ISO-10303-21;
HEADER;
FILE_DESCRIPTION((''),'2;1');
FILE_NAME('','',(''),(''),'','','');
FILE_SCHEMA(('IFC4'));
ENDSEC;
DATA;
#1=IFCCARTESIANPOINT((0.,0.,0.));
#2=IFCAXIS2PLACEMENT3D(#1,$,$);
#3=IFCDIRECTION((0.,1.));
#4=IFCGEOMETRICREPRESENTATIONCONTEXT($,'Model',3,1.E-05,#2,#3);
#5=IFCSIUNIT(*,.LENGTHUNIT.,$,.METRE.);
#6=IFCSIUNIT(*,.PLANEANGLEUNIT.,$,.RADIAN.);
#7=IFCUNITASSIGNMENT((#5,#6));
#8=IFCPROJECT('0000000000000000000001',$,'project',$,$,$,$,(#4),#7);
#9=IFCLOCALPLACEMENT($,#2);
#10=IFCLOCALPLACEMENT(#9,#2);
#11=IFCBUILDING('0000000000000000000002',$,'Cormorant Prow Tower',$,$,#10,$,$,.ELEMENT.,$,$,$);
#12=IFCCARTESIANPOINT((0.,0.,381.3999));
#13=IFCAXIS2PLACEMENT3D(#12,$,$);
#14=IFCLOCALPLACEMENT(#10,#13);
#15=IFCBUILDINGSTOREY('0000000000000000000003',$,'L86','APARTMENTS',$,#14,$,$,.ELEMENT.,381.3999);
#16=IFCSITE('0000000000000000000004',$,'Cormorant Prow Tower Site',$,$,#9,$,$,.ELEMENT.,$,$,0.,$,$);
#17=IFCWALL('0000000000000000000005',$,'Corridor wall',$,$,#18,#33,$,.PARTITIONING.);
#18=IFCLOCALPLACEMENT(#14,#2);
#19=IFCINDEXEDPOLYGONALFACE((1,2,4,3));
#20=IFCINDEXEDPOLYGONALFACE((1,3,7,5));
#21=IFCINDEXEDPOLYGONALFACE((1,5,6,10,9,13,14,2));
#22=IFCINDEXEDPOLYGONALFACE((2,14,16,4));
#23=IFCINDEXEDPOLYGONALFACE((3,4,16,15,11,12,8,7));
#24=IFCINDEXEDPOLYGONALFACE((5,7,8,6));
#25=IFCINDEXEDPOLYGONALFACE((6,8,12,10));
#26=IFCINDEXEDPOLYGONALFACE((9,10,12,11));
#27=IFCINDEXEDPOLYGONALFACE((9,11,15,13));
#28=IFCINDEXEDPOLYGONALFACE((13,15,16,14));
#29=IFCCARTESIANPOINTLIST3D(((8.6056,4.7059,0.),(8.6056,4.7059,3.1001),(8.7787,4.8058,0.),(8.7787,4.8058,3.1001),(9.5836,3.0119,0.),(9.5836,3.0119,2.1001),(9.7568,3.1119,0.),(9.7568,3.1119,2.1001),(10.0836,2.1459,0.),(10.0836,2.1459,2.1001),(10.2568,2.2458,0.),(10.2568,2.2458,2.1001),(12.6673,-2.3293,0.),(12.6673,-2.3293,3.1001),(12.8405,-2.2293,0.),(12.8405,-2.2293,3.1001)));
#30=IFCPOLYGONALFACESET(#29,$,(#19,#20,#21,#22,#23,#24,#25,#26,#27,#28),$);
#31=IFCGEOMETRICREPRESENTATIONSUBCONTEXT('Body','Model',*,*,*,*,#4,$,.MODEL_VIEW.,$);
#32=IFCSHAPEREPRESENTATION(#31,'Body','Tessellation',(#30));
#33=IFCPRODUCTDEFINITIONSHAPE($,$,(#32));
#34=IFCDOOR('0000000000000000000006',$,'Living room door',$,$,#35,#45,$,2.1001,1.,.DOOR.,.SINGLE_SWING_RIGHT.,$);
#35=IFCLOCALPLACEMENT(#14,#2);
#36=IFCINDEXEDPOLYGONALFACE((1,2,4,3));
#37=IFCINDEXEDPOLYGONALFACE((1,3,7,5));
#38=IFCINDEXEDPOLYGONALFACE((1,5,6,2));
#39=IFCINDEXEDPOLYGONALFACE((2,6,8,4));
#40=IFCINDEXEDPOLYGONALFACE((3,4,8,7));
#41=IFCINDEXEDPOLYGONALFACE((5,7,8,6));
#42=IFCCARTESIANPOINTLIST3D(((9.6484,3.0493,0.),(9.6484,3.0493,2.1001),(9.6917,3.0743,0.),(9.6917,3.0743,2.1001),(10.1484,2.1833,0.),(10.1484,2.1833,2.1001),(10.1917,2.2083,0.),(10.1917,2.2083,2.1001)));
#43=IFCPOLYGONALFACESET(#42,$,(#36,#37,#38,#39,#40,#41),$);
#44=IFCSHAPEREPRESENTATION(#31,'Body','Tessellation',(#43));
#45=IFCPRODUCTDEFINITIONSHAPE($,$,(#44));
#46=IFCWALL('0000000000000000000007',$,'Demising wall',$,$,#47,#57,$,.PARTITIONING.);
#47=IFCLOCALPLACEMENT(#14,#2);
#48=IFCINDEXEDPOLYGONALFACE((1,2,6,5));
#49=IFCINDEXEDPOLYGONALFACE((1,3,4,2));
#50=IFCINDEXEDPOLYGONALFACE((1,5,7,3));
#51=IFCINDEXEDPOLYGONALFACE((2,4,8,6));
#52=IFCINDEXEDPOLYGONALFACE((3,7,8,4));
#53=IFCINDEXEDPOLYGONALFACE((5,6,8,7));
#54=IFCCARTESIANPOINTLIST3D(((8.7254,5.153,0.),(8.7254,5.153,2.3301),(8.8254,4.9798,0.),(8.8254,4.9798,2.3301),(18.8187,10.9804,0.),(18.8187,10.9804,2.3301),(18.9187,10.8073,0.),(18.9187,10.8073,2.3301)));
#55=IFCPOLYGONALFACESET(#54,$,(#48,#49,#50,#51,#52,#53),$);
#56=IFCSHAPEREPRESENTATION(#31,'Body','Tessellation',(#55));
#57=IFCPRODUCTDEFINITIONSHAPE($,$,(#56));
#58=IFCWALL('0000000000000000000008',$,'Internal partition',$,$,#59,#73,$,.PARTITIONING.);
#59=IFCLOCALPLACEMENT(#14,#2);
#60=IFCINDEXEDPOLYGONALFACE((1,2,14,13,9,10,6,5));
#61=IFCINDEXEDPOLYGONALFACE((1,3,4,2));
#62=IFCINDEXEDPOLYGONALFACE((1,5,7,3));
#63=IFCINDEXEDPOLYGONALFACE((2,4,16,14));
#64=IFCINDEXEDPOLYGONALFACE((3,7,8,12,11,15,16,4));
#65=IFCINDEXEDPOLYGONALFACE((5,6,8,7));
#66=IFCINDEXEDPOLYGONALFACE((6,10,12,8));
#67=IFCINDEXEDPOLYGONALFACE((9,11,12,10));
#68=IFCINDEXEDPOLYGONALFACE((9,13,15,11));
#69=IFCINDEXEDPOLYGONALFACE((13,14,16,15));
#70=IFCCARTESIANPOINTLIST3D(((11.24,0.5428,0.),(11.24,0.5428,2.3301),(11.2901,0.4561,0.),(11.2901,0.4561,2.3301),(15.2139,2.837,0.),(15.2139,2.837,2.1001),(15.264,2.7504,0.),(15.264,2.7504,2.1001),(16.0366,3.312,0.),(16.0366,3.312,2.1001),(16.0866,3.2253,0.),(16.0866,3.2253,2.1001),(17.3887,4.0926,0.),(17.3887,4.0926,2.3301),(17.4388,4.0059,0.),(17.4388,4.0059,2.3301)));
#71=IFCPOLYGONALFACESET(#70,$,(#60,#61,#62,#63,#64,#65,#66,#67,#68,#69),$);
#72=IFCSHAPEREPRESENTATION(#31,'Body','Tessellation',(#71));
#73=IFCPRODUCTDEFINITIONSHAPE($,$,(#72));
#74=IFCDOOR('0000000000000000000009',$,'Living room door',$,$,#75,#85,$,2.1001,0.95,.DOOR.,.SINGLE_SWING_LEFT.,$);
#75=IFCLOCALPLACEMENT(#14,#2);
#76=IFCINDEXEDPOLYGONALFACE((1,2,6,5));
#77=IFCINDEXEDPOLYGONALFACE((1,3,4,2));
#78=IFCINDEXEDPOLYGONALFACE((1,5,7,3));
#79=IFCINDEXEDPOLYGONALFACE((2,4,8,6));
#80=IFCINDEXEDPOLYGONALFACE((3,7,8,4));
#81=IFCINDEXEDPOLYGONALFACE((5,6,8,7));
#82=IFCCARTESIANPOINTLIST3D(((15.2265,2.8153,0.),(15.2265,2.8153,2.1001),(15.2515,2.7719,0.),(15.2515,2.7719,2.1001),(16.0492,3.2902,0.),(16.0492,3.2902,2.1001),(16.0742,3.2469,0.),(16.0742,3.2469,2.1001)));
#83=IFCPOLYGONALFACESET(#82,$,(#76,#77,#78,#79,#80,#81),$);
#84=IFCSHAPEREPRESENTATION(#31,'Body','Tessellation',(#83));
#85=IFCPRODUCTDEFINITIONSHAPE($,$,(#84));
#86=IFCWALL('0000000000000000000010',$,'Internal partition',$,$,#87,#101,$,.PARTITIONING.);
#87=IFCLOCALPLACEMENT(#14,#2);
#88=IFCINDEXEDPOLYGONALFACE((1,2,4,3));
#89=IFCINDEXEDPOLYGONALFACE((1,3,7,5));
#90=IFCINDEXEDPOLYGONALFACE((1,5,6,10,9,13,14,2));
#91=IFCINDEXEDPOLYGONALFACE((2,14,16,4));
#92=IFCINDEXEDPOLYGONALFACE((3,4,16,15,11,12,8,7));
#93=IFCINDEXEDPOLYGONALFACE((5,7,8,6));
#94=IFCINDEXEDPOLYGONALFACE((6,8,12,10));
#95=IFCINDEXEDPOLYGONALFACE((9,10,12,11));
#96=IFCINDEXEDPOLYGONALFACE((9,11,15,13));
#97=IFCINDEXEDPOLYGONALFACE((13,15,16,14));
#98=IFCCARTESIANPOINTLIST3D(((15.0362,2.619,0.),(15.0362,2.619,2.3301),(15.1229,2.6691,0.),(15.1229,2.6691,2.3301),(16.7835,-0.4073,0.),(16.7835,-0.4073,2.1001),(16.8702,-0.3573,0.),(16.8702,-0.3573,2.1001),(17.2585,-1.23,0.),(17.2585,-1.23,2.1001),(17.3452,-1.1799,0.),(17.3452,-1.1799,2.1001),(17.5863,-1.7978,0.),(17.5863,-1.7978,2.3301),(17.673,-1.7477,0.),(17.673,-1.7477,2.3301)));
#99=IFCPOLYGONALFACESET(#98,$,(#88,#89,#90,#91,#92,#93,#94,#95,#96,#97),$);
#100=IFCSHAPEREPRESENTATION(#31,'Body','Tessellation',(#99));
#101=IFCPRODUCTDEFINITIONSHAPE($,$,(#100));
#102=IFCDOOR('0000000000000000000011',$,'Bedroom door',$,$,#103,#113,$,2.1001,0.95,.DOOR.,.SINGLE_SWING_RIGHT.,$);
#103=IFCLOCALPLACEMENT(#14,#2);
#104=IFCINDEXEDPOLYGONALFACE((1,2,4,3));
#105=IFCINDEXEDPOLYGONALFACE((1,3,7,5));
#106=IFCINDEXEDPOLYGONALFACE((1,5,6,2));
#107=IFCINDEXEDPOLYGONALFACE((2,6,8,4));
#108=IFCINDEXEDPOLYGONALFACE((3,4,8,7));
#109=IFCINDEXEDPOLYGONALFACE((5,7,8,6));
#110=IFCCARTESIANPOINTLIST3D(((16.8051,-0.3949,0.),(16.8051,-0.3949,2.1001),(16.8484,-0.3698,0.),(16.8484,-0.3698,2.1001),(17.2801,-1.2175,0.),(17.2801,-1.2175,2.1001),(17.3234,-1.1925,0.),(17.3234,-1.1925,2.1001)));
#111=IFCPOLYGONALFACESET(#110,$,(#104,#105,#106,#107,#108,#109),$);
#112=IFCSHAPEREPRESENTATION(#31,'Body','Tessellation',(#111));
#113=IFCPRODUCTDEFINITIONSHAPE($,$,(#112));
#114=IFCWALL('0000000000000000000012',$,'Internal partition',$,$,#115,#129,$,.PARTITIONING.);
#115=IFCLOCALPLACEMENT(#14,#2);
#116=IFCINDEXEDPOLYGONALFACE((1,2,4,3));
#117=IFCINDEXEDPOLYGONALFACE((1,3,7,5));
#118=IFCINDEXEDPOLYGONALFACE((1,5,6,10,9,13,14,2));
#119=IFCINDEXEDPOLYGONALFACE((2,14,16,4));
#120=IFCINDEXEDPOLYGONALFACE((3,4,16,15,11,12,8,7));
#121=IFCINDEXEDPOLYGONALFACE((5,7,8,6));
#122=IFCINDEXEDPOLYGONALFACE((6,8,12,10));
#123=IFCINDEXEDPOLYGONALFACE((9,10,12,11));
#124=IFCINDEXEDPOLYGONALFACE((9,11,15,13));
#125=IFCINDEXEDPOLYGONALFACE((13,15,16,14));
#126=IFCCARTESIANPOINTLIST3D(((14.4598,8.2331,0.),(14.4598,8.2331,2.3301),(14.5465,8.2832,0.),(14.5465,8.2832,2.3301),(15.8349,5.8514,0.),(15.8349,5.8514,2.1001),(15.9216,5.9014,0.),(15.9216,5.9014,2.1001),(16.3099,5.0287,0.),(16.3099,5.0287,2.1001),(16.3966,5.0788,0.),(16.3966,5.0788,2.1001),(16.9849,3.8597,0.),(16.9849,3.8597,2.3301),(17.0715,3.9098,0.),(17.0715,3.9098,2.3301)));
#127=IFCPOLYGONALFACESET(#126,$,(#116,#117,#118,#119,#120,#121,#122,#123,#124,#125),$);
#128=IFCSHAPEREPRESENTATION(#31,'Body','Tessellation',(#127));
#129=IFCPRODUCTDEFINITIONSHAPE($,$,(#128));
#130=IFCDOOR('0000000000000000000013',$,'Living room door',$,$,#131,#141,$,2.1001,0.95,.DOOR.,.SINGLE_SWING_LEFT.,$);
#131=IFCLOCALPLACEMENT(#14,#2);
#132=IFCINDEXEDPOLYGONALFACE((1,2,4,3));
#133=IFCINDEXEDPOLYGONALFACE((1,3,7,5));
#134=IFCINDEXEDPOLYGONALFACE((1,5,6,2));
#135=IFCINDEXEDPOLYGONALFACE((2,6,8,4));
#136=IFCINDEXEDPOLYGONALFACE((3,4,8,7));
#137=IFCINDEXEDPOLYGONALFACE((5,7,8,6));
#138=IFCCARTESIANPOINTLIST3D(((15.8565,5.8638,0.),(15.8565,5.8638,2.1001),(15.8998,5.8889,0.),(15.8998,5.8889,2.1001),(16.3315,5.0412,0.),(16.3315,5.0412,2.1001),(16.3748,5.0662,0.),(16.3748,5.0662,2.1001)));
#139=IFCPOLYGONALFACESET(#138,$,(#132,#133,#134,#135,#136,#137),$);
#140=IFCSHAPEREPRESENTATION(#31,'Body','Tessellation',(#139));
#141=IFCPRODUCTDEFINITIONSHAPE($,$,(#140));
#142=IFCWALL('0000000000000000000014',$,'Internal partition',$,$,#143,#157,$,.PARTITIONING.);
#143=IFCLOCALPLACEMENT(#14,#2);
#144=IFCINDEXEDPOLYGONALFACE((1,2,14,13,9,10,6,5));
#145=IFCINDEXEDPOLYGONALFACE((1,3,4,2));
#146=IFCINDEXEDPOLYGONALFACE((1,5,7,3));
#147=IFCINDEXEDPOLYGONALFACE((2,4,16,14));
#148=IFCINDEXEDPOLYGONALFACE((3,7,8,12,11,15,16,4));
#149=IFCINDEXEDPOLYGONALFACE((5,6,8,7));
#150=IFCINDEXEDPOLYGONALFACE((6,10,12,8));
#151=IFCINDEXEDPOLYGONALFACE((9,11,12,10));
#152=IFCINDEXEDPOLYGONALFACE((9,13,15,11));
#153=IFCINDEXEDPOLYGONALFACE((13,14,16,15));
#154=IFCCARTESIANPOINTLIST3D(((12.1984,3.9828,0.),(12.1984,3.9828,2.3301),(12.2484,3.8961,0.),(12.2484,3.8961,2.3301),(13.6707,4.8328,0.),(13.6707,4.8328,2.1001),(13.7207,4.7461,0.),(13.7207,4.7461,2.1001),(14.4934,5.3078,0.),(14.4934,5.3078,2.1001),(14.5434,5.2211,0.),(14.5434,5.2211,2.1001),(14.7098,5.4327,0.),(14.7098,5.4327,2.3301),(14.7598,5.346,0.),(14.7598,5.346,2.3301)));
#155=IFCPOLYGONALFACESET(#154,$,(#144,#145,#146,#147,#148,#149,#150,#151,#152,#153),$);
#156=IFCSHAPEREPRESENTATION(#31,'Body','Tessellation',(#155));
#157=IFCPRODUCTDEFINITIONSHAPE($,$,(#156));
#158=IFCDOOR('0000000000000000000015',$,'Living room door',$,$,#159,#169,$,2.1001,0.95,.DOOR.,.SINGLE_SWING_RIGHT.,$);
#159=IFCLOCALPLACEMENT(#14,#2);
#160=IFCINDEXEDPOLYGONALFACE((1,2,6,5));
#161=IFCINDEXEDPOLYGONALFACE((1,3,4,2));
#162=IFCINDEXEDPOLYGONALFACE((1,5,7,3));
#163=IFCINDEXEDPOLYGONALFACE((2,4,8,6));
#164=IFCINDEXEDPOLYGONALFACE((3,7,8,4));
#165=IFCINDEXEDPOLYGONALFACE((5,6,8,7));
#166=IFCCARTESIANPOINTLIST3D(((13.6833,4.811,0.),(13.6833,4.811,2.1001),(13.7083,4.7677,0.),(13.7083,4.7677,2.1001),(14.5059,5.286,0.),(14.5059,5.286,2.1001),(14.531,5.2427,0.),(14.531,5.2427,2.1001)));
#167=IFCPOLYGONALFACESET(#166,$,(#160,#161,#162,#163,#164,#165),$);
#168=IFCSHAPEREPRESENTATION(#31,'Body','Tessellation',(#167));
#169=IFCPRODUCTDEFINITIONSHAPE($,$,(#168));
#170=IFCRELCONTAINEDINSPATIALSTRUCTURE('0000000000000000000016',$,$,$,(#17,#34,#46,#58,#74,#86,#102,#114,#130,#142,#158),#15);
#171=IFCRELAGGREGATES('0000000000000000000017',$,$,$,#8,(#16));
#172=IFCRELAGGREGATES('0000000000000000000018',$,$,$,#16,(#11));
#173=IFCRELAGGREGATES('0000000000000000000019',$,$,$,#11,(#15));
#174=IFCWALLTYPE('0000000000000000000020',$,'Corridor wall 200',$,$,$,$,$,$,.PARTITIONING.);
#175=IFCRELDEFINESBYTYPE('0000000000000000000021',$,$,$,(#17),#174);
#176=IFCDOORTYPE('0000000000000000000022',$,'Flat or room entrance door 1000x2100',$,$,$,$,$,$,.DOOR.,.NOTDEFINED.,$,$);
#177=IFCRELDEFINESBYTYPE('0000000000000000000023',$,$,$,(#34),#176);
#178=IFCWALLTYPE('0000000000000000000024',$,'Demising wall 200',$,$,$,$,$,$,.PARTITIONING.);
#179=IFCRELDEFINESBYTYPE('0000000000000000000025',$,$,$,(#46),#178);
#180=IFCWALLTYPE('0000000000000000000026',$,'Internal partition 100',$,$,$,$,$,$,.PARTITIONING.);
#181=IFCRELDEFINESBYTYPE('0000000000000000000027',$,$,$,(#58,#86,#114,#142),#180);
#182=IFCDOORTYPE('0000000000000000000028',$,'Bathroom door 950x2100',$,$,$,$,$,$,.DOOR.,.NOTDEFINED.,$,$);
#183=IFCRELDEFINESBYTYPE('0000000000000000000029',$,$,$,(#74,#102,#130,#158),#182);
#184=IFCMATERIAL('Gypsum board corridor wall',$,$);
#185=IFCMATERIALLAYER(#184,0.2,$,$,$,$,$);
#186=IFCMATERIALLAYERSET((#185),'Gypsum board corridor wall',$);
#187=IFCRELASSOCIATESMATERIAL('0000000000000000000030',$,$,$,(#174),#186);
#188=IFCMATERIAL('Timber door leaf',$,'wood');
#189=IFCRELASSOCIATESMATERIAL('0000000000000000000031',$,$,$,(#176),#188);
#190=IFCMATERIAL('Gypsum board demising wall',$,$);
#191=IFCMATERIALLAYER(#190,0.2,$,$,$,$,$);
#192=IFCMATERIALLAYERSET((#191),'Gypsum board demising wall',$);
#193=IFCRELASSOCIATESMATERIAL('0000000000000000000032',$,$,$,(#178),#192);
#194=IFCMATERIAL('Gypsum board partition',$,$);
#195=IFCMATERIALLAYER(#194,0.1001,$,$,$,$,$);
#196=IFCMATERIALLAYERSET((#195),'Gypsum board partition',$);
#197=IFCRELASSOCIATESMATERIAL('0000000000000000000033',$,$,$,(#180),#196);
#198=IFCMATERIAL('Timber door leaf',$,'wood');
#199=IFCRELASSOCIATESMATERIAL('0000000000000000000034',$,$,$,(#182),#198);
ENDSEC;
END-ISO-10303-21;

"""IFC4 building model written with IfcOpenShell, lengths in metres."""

from ifc_helpers import new_model, si_unit, direction, frame, frame_2d, origin, place, context, subcontext, project, spatial, rectangle, extrude, material, layer, layer_set, type_object, element, fill, save


model = new_model("IFC4")

# Units and contexts
model_context = context("Model", 3, precision=1e-05, world=origin(), true_north=direction((0.0, 1.0)))
body_context = subcontext(model_context, "Body", "Model", "MODEL_VIEW")
ifc_project = project(units=[si_unit("LENGTHUNIT", "METRE"), si_unit("PLANEANGLEUNIT", "RADIAN")], contexts=[model_context])

# Site, building, storey
site_placement = place(None, origin())
site = spatial("IfcSite", under=ifc_project, at=site_placement, Name="Cormorant Prow Tower Site", CompositionType="ELEMENT", RefElevation=0.0)
building_placement = place(site_placement, origin())
building = spatial("IfcBuilding", under=site, at=building_placement, Name="Cormorant Prow Tower", CompositionType="ELEMENT")
storey_placement = place(building_placement, frame((0.0, 0.0, 381.3999)))
storey = spatial("IfcBuildingStorey", under=building, at=storey_placement, Name="L86", Description="APARTMENTS", CompositionType="ELEMENT", Elevation=381.3999)

# Wall, opening, door
ifc_material_1 = material(Name="Gypsum board corridor wall")
ifc_layer_1 = layer(ifc_material_1, 0.2)
ifc_layer_set_1 = layer_set([ifc_layer_1], Name="Gypsum board corridor wall")
wall_type_1 = type_object("IfcWallType", Name="Corridor wall 200", PredefinedType="PARTITIONING", material=ifc_layer_set_1)
wall_1_placement = place(storey_placement, frame((8.6921, 4.7559, 0.0), z_axis=(0.0, 0.0, 1.0), x_axis=(0.500002, -0.866024, 0.0)))
wall_1 = element("IfcWall", 1, at=wall_1_placement, inside=storey, type_object=wall_type_1, Name="Corridor wall", PredefinedType="PARTITIONING", context=body_context, shape_type="SweptSolid", body=[
    extrude(rectangle(XDim=8.1235, YDim=0.2, at=frame_2d((4.0618, 0.0))), origin(), (0.0, 0.0, 1.0), 3.1001),
])
opening_1_placement = place(wall_1_placement, frame((1.9561, 0.0, 0.0)))
opening_1 = element("IfcOpeningElement", 2, at=opening_1_placement, cuts=wall_1, PredefinedType="OPENING", context=body_context, shape_type="SweptSolid", body=[
    extrude(rectangle(XDim=1.0, YDim=2.1001, at=frame_2d((0.5, 1.05))), frame((0.0, 0.1099, 0.0), z_axis=(0.0, -1.0, 0.0), x_axis=(1.0, 0.0, 0.0)), (0.0, 0.0, 1.0), 0.22),
])
ifc_material_2 = material(Name="Timber door leaf", Category="wood")
door_type_1 = type_object("IfcDoorType", Name="Flat or room entrance door 1000x2100", OperationType="NOTDEFINED", PredefinedType="DOOR", material=ifc_material_2)
door_1_placement = place(opening_1_placement, origin())
door_1 = element("IfcDoor", 3, at=door_1_placement, inside=storey, type_object=door_type_1, Name="Living room door", OperationType="SINGLE_SWING_RIGHT", OverallHeight=2.1001, OverallWidth=1.0, PredefinedType="DOOR", context=body_context, shape_type="SweptSolid", body=[
    extrude(rectangle(XDim=1.0, YDim=2.1001, at=frame_2d((0.5, 1.05))), frame((0.0, 0.0249, 0.0), z_axis=(0.0, -1.0, 0.0), x_axis=(1.0, 0.0, 0.0)), (0.0, 0.0, 1.0), 0.05),
])
fill(opening_1, door_1)

# Wall
ifc_material_3 = material(Name="Gypsum board demising wall")
ifc_layer_2 = layer(ifc_material_3, 0.2)
ifc_layer_set_2 = layer_set([ifc_layer_2], Name="Gypsum board demising wall")
wall_type_2 = type_object("IfcWallType", Name="Demising wall 200", PredefinedType="PARTITIONING", material=ifc_layer_set_2)
wall_2_placement = place(storey_placement, frame((8.7754, 5.0664, 0.0), z_axis=(0.0, 0.0, 1.0), x_axis=(0.866024, 0.500003, 0.0)))
element("IfcWall", 4, at=wall_2_placement, inside=storey, type_object=wall_type_2, Name="Demising wall", PredefinedType="PARTITIONING", context=body_context, shape_type="SweptSolid", body=[
    extrude(rectangle(XDim=11.6548, YDim=0.2, at=frame_2d((5.8274, 0.0))), origin(), (0.0, 0.0, 1.0), 2.3301),
])

# Walls, openings, doors
ifc_material_4 = material(Name="Gypsum board partition")
ifc_layer_3 = layer(ifc_material_4, 0.1001)
ifc_layer_set_3 = layer_set([ifc_layer_3], Name="Gypsum board partition")
wall_type_3 = type_object("IfcWallType", Name="Internal partition 100", PredefinedType="PARTITIONING", material=ifc_layer_set_3)
wall_3_placement = place(storey_placement, frame((11.2651, 0.4995, 0.0), z_axis=(0.0, 0.0, 1.0), x_axis=(0.866034, 0.499985, 0.0)))
wall_3 = element("IfcWall", 5, at=wall_3_placement, inside=storey, type_object=wall_type_3, Name="Internal partition", PredefinedType="PARTITIONING", context=body_context, shape_type="SweptSolid", body=[
    extrude(rectangle(XDim=7.0999, YDim=0.1001, at=frame_2d((3.5498, 0.0))), origin(), (0.0, 0.0, 1.0), 2.3301),
])
opening_2_placement = place(wall_3_placement, frame((4.5884, 0.0, 0.0)))
opening_2 = element("IfcOpeningElement", 6, at=opening_2_placement, cuts=wall_3, PredefinedType="OPENING", context=body_context, shape_type="SweptSolid", body=[
    extrude(rectangle(XDim=0.95, YDim=2.1001, at=frame_2d((0.4751, 1.05))), frame((0.0, 0.0601, 0.0), z_axis=(0.0, -1.0, 0.0), x_axis=(1.0, 0.0, 0.0)), (0.0, 0.0, 1.0), 0.1201),
])
ifc_material_5 = material(Name="Timber door leaf", Category="wood")
door_type_2 = type_object("IfcDoorType", Name="Bathroom door 950x2100", OperationType="NOTDEFINED", PredefinedType="DOOR", material=ifc_material_5)
door_2_placement = place(opening_2_placement, origin())
door_2 = element("IfcDoor", 7, at=door_2_placement, inside=storey, type_object=door_type_2, Name="Living room door", OperationType="SINGLE_SWING_LEFT", OverallHeight=2.1001, OverallWidth=0.95, PredefinedType="DOOR", context=body_context, shape_type="SweptSolid", body=[
    extrude(rectangle(XDim=0.95, YDim=2.1001, at=frame_2d((0.4751, 1.05))), frame((0.0, 0.0249, 0.0), z_axis=(0.0, -1.0, 0.0), x_axis=(1.0, 0.0, 0.0)), (0.0, 0.0, 1.0), 0.05),
])
fill(opening_2, door_2)
wall_4_placement = place(storey_placement, frame((15.0796, 2.644, 0.0), z_axis=(0.0, 0.0, 1.0), x_axis=(0.500006, -0.866022, 0.0)))
wall_4 = element("IfcWall", 8, at=wall_4_placement, inside=storey, type_object=wall_type_3, Name="Internal partition", PredefinedType="PARTITIONING", context=body_context, shape_type="SweptSolid", body=[
    extrude(rectangle(XDim=5.1001, YDim=0.1001, at=frame_2d((2.55, 0.0))), origin(), (0.0, 0.0, 1.0), 2.3301),
])
opening_3_placement = place(wall_4_placement, frame((3.4944, 0.0, 0.0)))
opening_3 = element("IfcOpeningElement", 9, at=opening_3_placement, cuts=wall_4, PredefinedType="OPENING", context=body_context, shape_type="SweptSolid", body=[
    extrude(rectangle(XDim=0.95, YDim=2.1001, at=frame_2d((0.4751, 1.05))), frame((0.0, 0.0601, 0.0), z_axis=(0.0, -1.0, 0.0), x_axis=(1.0, 0.0, 0.0)), (0.0, 0.0, 1.0), 0.1201),
])
door_3_placement = place(opening_3_placement, origin())
door_3 = element("IfcDoor", 10, at=door_3_placement, inside=storey, type_object=door_type_2, Name="Bedroom door", OperationType="SINGLE_SWING_RIGHT", OverallHeight=2.1001, OverallWidth=0.95, PredefinedType="DOOR", context=body_context, shape_type="SweptSolid", body=[
    extrude(rectangle(XDim=0.95, YDim=2.1001, at=frame_2d((0.4751, 1.05))), frame((0.0, 0.0249, 0.0), z_axis=(0.0, -1.0, 0.0), x_axis=(1.0, 0.0, 0.0)), (0.0, 0.0, 1.0), 0.05),
])
fill(opening_3, door_3)
wall_5_placement = place(storey_placement, frame((14.5032, 8.2581, 0.0), z_axis=(0.0, 0.0, 1.0), x_axis=(0.500013, -0.866018, 0.0)))
wall_5 = element("IfcWall", 11, at=wall_5_placement, inside=storey, type_object=wall_type_3, Name="Internal partition", PredefinedType="PARTITIONING", context=body_context, shape_type="SweptSolid", body=[
    extrude(rectangle(XDim=5.05, YDim=0.1001, at=frame_2d((2.5249, 0.0))), origin(), (0.0, 0.0, 1.0), 2.3301),
])
opening_4_placement = place(wall_5_placement, frame((2.75, 0.0, 0.0)))
opening_4 = element("IfcOpeningElement", 12, at=opening_4_placement, cuts=wall_5, PredefinedType="OPENING", context=body_context, shape_type="SweptSolid", body=[
    extrude(rectangle(XDim=0.95, YDim=2.1001, at=frame_2d((0.4751, 1.05))), frame((0.0, 0.0601, 0.0), z_axis=(0.0, -1.0, 0.0), x_axis=(1.0, 0.0, 0.0)), (0.0, 0.0, 1.0), 0.1201),
])
door_4_placement = place(opening_4_placement, origin())
door_4 = element("IfcDoor", 13, at=door_4_placement, inside=storey, type_object=door_type_2, Name="Living room door", OperationType="SINGLE_SWING_LEFT", OverallHeight=2.1001, OverallWidth=0.95, PredefinedType="DOOR", context=body_context, shape_type="SweptSolid", body=[
    extrude(rectangle(XDim=0.95, YDim=2.1001, at=frame_2d((0.4751, 1.05))), frame((0.0, 0.0249, 0.0), z_axis=(0.0, -1.0, 0.0), x_axis=(1.0, 0.0, 0.0)), (0.0, 0.0, 1.0), 0.05),
])
fill(opening_4, door_4)
wall_6_placement = place(storey_placement, frame((12.2234, 3.9395, 0.0), z_axis=(0.0, 0.0, 1.0), x_axis=(0.866033, 0.499987, 0.0)))
wall_6 = element("IfcWall", 14, at=wall_6_placement, inside=storey, type_object=wall_type_3, Name="Internal partition", PredefinedType="PARTITIONING", context=body_context, shape_type="SweptSolid", body=[
    extrude(rectangle(XDim=2.8999, YDim=0.1001, at=frame_2d((1.45, 0.0))), origin(), (0.0, 0.0, 1.0), 2.3301),
])
opening_5_placement = place(wall_6_placement, frame((1.7, 0.0, 0.0)))
opening_5 = element("IfcOpeningElement", 15, at=opening_5_placement, cuts=wall_6, PredefinedType="OPENING", context=body_context, shape_type="SweptSolid", body=[
    extrude(rectangle(XDim=0.95, YDim=2.1001, at=frame_2d((0.4751, 1.05))), frame((0.0, 0.0601, 0.0), z_axis=(0.0, -1.0, 0.0), x_axis=(1.0, 0.0, 0.0)), (0.0, 0.0, 1.0), 0.1201),
])
door_5_placement = place(opening_5_placement, origin())
door_5 = element("IfcDoor", 16, at=door_5_placement, inside=storey, type_object=door_type_2, Name="Living room door", OperationType="SINGLE_SWING_RIGHT", OverallHeight=2.1001, OverallWidth=0.95, PredefinedType="DOOR", context=body_context, shape_type="SweptSolid", body=[
    extrude(rectangle(XDim=0.95, YDim=2.1001, at=frame_2d((0.4751, 1.05))), frame((0.0, 0.0249, 0.0), z_axis=(0.0, -1.0, 0.0), x_axis=(1.0, 0.0, 0.0)), (0.0, 0.0, 1.0), 0.05),
])
fill(opening_5, door_5)

save(model, "model.ifc")
